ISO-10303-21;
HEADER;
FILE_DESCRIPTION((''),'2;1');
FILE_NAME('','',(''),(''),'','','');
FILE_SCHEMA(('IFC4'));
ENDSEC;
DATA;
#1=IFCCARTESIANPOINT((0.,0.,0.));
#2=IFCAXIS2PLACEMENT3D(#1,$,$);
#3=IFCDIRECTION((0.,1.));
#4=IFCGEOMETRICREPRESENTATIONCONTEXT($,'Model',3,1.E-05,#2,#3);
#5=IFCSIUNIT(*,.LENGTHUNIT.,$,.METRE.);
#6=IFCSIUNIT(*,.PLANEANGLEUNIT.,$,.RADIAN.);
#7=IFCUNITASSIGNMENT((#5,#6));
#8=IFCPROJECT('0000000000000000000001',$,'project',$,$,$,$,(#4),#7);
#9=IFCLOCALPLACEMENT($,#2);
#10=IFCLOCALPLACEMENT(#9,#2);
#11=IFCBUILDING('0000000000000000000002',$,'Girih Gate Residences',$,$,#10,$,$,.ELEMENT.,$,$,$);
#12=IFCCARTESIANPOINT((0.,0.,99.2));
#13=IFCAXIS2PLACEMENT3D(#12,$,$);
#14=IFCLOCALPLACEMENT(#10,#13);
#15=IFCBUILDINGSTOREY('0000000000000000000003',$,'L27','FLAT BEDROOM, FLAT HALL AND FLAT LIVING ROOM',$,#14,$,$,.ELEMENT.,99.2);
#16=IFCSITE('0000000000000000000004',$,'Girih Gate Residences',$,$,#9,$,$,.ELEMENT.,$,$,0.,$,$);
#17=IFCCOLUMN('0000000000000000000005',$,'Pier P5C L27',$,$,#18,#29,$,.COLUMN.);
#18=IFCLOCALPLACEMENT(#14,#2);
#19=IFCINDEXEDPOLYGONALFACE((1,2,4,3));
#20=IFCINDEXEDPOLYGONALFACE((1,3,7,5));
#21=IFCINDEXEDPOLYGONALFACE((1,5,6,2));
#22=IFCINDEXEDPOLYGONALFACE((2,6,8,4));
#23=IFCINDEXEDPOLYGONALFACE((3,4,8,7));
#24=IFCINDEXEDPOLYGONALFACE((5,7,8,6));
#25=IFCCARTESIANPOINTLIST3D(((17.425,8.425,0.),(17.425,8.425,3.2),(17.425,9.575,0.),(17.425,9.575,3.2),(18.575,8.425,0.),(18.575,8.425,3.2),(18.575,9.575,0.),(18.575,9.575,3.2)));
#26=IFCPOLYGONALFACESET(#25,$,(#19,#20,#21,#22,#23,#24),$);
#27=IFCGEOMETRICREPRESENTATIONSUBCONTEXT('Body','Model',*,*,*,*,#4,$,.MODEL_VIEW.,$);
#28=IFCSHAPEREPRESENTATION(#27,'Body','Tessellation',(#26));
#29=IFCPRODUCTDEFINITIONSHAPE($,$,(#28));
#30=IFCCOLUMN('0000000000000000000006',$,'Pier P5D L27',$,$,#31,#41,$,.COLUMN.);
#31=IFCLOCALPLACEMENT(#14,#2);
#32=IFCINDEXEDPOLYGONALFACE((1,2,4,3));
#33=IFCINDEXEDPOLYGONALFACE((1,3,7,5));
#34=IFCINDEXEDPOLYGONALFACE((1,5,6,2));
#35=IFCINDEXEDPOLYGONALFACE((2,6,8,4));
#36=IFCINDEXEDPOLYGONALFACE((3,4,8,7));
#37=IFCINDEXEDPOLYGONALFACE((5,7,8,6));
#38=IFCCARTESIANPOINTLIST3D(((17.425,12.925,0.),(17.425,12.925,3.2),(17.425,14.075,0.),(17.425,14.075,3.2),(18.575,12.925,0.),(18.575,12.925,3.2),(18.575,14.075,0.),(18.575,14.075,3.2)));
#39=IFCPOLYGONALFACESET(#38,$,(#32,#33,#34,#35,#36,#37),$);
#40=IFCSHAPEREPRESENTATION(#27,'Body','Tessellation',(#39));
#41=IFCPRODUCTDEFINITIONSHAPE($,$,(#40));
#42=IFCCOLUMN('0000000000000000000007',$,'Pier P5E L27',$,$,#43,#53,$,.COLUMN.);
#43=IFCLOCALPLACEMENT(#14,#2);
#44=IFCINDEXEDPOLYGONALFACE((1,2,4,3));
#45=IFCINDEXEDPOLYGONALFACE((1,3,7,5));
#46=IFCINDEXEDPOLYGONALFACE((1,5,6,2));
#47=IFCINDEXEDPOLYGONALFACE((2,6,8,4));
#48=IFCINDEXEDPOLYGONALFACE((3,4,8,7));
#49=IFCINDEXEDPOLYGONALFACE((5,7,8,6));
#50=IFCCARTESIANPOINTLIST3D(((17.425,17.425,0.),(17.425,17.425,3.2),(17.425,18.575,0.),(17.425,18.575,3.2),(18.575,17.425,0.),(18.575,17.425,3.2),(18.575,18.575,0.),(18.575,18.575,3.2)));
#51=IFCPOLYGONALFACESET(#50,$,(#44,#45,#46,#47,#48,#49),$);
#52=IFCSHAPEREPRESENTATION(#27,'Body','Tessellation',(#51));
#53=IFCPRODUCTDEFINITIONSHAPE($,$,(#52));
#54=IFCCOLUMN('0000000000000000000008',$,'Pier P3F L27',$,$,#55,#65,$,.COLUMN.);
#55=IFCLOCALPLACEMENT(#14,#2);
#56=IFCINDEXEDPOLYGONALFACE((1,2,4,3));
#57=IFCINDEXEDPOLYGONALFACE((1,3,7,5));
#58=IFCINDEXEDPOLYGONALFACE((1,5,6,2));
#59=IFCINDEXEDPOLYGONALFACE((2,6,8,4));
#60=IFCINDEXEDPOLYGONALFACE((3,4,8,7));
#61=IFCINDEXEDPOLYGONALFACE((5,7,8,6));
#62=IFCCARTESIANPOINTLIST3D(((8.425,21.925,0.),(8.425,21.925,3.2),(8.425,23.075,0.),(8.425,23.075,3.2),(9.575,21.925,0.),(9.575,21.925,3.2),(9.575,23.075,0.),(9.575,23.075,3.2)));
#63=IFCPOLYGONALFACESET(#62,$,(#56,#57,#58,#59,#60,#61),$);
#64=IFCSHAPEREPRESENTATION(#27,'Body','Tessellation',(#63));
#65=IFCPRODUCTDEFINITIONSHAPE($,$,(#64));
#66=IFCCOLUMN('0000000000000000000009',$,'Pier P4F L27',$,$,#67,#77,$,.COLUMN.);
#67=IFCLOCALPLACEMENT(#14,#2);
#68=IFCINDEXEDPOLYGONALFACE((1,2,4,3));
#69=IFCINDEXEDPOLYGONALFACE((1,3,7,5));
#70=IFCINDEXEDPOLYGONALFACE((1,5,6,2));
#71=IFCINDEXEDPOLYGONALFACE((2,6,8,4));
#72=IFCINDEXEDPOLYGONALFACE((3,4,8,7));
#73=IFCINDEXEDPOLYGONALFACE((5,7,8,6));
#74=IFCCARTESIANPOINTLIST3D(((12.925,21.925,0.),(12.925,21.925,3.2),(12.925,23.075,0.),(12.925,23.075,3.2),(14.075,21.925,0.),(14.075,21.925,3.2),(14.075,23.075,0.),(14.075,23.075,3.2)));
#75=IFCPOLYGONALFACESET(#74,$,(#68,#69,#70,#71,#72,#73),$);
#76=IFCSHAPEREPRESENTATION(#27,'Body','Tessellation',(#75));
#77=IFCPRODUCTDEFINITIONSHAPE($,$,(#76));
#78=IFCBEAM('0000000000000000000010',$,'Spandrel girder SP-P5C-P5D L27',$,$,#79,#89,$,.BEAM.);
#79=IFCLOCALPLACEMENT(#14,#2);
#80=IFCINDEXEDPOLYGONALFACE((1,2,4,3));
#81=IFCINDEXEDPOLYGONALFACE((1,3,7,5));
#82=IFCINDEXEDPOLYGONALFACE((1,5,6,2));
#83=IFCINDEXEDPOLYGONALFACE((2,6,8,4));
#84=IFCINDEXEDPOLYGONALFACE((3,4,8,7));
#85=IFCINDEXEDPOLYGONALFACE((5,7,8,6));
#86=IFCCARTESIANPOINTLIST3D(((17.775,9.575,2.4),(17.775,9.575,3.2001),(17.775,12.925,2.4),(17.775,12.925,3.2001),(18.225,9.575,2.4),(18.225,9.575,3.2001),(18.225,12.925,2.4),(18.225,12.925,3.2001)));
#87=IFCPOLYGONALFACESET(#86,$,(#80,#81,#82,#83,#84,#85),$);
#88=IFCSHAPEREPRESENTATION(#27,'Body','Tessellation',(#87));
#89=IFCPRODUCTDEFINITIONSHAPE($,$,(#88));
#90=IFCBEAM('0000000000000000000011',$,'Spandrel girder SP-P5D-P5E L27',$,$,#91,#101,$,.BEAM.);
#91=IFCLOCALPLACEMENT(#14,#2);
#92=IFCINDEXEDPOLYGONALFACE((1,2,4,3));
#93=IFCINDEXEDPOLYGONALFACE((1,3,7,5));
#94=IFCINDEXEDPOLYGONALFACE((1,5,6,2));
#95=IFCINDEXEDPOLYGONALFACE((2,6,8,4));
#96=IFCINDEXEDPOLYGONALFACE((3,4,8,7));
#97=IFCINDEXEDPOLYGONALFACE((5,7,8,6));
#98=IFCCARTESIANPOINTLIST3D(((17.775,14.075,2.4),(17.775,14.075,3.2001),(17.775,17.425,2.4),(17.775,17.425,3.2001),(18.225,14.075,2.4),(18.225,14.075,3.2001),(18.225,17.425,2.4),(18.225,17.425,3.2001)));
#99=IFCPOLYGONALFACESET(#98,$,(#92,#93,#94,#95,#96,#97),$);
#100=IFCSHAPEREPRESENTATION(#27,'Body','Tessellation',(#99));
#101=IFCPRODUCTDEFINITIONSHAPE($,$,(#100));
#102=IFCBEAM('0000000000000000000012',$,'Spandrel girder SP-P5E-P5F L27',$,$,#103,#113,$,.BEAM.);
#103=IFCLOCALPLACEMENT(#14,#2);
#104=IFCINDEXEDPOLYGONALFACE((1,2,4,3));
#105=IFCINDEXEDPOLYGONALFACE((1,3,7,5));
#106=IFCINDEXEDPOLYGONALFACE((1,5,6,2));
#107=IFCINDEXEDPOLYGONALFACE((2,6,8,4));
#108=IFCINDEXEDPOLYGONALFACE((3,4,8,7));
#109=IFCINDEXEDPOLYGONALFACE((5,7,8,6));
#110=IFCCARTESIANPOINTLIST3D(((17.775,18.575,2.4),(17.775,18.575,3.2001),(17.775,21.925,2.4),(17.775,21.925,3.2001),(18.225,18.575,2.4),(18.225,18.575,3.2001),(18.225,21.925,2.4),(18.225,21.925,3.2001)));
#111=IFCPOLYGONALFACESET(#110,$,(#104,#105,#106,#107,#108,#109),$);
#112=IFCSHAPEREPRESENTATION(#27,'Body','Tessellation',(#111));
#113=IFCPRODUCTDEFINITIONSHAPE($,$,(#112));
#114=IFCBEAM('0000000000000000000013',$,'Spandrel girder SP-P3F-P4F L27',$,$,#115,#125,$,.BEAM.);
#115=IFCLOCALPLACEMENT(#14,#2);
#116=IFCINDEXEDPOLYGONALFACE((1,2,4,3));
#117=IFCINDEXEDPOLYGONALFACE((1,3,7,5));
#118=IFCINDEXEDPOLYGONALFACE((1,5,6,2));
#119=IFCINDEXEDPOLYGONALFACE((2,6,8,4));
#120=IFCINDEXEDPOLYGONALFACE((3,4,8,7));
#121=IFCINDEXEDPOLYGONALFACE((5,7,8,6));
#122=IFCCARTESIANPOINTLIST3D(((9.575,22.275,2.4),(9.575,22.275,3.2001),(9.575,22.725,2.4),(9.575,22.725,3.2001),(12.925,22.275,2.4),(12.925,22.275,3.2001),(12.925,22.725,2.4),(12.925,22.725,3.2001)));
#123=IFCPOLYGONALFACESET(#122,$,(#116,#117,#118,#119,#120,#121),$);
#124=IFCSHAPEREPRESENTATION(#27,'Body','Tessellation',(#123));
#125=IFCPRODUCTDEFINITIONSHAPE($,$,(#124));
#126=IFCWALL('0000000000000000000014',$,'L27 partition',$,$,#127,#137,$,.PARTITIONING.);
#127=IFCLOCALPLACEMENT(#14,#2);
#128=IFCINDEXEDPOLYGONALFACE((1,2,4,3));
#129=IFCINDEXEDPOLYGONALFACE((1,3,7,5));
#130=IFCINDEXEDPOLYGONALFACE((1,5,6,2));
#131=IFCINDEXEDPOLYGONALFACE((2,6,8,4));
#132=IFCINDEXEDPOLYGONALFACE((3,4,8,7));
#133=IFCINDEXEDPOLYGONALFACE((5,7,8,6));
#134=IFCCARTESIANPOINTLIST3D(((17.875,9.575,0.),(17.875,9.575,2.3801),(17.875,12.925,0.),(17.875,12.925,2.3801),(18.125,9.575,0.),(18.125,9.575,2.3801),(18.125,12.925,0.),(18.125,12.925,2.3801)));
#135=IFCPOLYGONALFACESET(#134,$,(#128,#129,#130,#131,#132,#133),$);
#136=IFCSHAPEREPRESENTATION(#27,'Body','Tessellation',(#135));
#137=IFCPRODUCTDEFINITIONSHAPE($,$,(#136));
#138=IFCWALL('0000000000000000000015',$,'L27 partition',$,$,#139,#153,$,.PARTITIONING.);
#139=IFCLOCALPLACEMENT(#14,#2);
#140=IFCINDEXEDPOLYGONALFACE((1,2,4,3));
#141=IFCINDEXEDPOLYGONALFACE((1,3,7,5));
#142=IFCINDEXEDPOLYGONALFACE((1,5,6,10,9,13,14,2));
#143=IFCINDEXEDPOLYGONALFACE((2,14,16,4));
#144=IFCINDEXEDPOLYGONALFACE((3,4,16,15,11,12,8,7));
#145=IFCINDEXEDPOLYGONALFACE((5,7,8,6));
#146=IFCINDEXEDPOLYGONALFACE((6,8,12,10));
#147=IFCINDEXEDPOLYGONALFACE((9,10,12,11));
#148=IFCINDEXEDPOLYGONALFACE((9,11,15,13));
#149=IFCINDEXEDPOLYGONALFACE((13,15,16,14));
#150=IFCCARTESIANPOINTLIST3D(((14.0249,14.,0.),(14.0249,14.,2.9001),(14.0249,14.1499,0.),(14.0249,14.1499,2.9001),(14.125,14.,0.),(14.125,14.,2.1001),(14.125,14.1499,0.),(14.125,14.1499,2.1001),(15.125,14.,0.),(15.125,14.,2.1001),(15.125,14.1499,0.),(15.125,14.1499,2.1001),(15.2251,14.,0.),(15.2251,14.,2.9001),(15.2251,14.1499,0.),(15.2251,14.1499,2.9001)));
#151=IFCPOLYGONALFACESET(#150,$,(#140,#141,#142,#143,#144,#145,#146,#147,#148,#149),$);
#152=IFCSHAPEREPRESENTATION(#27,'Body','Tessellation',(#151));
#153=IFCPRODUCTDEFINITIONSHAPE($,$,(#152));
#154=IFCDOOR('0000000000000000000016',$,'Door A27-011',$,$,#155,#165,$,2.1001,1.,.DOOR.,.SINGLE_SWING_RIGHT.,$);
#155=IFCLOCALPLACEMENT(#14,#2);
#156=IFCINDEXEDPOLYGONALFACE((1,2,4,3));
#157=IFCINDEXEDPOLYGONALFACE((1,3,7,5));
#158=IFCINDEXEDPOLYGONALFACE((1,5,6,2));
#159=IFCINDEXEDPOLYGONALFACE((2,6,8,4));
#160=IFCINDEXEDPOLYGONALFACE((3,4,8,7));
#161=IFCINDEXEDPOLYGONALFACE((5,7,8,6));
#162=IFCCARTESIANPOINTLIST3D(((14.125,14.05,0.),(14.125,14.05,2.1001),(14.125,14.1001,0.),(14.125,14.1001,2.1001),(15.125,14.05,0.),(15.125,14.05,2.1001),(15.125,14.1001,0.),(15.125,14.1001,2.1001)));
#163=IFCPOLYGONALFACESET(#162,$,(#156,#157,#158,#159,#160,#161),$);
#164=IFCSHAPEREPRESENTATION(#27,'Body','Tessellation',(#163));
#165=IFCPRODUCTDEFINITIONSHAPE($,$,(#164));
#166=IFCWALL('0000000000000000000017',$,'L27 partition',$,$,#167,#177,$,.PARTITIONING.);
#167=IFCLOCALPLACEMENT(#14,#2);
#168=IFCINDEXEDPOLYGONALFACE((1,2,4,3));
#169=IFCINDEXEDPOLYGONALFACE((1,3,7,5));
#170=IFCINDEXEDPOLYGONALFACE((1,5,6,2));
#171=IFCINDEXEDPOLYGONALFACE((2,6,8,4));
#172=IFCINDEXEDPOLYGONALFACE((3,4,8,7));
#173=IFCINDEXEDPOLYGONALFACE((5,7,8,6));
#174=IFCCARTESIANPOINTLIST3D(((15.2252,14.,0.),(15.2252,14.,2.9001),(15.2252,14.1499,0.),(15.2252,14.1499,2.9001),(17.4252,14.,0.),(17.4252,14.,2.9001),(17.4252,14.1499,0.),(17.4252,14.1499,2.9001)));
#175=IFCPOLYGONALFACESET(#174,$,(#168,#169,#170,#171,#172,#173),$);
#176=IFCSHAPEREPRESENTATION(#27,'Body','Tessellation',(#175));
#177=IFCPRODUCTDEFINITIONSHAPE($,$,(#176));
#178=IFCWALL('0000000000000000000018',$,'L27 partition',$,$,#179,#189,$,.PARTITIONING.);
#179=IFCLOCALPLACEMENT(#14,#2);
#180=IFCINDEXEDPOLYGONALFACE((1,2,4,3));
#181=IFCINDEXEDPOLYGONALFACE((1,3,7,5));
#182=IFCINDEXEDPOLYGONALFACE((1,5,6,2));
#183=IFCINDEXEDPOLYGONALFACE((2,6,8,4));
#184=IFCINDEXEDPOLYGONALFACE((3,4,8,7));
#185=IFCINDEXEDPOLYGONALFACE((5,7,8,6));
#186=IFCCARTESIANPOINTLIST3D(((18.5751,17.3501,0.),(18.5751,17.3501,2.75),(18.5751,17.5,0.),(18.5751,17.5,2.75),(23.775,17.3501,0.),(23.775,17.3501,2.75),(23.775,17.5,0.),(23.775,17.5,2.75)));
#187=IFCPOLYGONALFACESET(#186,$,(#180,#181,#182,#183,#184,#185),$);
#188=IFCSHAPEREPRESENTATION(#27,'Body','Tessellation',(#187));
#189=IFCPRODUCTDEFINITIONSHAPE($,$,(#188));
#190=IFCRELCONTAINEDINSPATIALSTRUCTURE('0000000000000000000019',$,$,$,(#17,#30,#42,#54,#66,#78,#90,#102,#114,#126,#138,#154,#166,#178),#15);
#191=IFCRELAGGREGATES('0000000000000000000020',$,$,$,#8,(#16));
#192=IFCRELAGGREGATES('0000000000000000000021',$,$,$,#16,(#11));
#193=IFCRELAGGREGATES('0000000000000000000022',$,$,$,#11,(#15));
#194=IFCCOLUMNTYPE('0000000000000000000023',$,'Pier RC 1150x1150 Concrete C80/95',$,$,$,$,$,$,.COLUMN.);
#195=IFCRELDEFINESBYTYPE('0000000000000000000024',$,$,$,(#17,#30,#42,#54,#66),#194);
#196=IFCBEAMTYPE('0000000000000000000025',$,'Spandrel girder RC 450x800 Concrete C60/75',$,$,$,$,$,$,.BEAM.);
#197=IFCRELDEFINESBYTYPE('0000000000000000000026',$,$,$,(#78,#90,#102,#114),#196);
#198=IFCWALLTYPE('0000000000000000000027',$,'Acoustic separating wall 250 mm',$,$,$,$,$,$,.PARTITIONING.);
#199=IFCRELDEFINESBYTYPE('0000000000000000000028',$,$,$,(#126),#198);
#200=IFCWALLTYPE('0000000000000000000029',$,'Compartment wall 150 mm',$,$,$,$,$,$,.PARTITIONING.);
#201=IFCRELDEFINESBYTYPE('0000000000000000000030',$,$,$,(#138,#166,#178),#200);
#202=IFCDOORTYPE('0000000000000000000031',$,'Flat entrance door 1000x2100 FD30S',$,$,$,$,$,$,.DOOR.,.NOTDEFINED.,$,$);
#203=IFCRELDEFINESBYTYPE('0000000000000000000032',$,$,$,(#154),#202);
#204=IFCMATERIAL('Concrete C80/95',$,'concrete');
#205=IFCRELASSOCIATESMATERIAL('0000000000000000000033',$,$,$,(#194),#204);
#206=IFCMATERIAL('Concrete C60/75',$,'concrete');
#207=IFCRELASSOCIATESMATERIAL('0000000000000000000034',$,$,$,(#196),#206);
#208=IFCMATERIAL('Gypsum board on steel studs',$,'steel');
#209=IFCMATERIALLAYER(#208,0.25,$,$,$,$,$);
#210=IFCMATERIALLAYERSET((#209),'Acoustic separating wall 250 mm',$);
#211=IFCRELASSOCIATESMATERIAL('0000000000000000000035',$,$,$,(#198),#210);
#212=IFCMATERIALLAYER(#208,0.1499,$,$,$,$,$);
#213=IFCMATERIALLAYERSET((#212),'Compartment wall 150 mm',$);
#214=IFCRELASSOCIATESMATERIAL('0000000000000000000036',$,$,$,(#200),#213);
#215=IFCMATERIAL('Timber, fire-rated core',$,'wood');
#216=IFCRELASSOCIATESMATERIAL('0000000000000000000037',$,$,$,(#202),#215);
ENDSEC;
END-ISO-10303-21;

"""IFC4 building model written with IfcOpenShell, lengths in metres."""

from ifc_helpers import new_model, si_unit, direction, frame, frame_2d, origin, origin_2d, place, context, subcontext, project, spatial, rectangle, extrude, material, layer, layer_set, material_profile, profile_set, type_object, element, fill, save


model = new_model("IFC4")

# Units and contexts
model_context = context("Model", 3, precision=1e-05, world=origin(), true_north=direction((0.0, 1.0)))
body_context = subcontext(model_context, "Body", "Model", "MODEL_VIEW")
ifc_project = project(units=[si_unit("LENGTHUNIT", "METRE"), si_unit("PLANEANGLEUNIT", "RADIAN")], contexts=[model_context])

# Site, building, storey
site_placement = place(None, origin())
site = spatial("IfcSite", under=ifc_project, at=site_placement, Name="Girih Gate Residences", CompositionType="ELEMENT", RefElevation=0.0)
building_placement = place(site_placement, origin())
building = spatial("IfcBuilding", under=site, at=building_placement, Name="Girih Gate Residences", CompositionType="ELEMENT")
storey_placement = place(building_placement, frame((0.0, 0.0, 99.2)))
storey = spatial("IfcBuildingStorey", under=building, at=storey_placement, Name="L27", Description="FLAT BEDROOM, FLAT HALL AND FLAT LIVING ROOM", CompositionType="ELEMENT", Elevation=99.2)

# Columns
ifc_material_1 = material(Name="Concrete C80/95", Category="concrete")
ifc_material_profile_1 = material_profile(ifc_material_1, rectangle(XDim=1.1499, YDim=1.1499, at=origin_2d()))
ifc_profile_set_1 = profile_set([ifc_material_profile_1], Name="Concrete C80/95")
column_type = type_object("IfcColumnType", Name="Pier RC 1150x1150 Concrete C80/95", PredefinedType="COLUMN", material=ifc_profile_set_1)
for number, where, z_axis, x_axis, name in (
    (1, (18.0, 9.0, 0.0), (0.0, 0.0, 1.0), (1.0, 0.0, 0.0), "Pier P5C L27"),
    (2, (18.0, 13.5, 0.0), (0.0, 0.0, 1.0), (1.0, 0.0, 0.0), "Pier P5D L27"),
    (3, (18.0, 18.0, 0.0), (0.0, 0.0, 1.0), (1.0, 0.0, 0.0), "Pier P5E L27"),
    (4, (9.0, 22.5, 0.0), (0.0, 0.0, 1.0), (1.0, 0.0, 0.0), "Pier P3F L27"),
    (5, (13.5, 22.5, 0.0), (0.0, 0.0, 1.0), (1.0, 0.0, 0.0), "Pier P4F L27"),
):
    element("IfcColumn", number, at=place(storey_placement, frame(where, z_axis=z_axis, x_axis=x_axis)), inside=storey, type_object=column_type, Name=name, PredefinedType="COLUMN", context=body_context, shape_type="SweptSolid", body=[
        extrude(rectangle(XDim=1.1499, YDim=1.1499, at=origin_2d()), origin(), (0.0, 0.0, 1.0), 3.2),
    ])

# Beams
ifc_material_2 = material(Name="Concrete C60/75", Category="concrete")
ifc_material_profile_2 = material_profile(ifc_material_2, rectangle(XDim=0.45, YDim=0.8, at=origin_2d()))
ifc_profile_set_2 = profile_set([ifc_material_profile_2], Name="Concrete C60/75")
beam_type = type_object("IfcBeamType", Name="Spandrel girder RC 450x800 Concrete C60/75", PredefinedType="BEAM", material=ifc_profile_set_2)
for number, where, z_axis, x_axis, name in (
    (6, (18.0, 9.575, 2.8), (0.0, 1.0, 0.0), (-1.0, 0.0, 0.0), "Spandrel girder SP-P5C-P5D L27"),
    (7, (18.0, 14.075, 2.8), (0.0, 1.0, 0.0), (-1.0, 0.0, 0.0), "Spandrel girder SP-P5D-P5E L27"),
    (8, (18.0, 18.575, 2.8), (0.0, 1.0, 0.0), (-1.0, 0.0, 0.0), "Spandrel girder SP-P5E-P5F L27"),
    (9, (9.575, 22.5, 2.8), (1.0, 0.0, 0.0), (0.0, 1.0, 0.0), "Spandrel girder SP-P3F-P4F L27"),
):
    element("IfcBeam", number, at=place(storey_placement, frame(where, z_axis=z_axis, x_axis=x_axis)), inside=storey, type_object=beam_type, Name=name, PredefinedType="BEAM", context=body_context, shape_type="SweptSolid", body=[
        extrude(rectangle(XDim=0.45, YDim=0.8, at=origin_2d()), origin(), (0.0, 0.0, 1.0), 3.3501),
    ])

# Wall
ifc_material_3 = material(Name="Gypsum board on steel studs", Category="steel")
ifc_layer_1 = layer(ifc_material_3, 0.25)
ifc_layer_set_1 = layer_set([ifc_layer_1], Name="Acoustic separating wall 250 mm")
wall_type_1 = type_object("IfcWallType", Name="Acoustic separating wall 250 mm", PredefinedType="PARTITIONING", material=ifc_layer_set_1)
wall_1_placement = place(storey_placement, frame((18.0, 9.575, 0.0), z_axis=(0.0, 0.0, 1.0), x_axis=(0.0, 1.0, 0.0)))
element("IfcWall", 10, at=wall_1_placement, inside=storey, type_object=wall_type_1, Name="L27 partition", PredefinedType="PARTITIONING", context=body_context, shape_type="SweptSolid", body=[
    extrude(rectangle(XDim=3.3501, YDim=0.25, at=frame_2d((1.675, 0.0))), origin(), (0.0, 0.0, 1.0), 2.3801),
])

# Wall, opening, door
ifc_layer_2 = layer(ifc_material_3, 0.1499)
ifc_layer_set_2 = layer_set([ifc_layer_2], Name="Compartment wall 150 mm")
wall_type_2 = type_object("IfcWallType", Name="Compartment wall 150 mm", PredefinedType="PARTITIONING", material=ifc_layer_set_2)
wall_2_placement = place(storey_placement, frame((15.2251, 14.075, 0.0), z_axis=(0.0, 0.0, 1.0), x_axis=(-1.0, 0.0, 0.0)))
wall_2 = element("IfcWall", 11, at=wall_2_placement, inside=storey, type_object=wall_type_2, Name="L27 partition", PredefinedType="PARTITIONING", context=body_context, shape_type="SweptSolid", body=[
    extrude(rectangle(XDim=1.2002, YDim=0.1499, at=frame_2d((0.6001, 0.0))), origin(), (0.0, 0.0, 1.0), 2.9001),
])
opening_1_placement = place(wall_2_placement, frame((0.1001, 0.0, 0.0)))
opening_1 = element("IfcOpeningElement", 12, at=opening_1_placement, cuts=wall_2, PredefinedType="OPENING", context=body_context, shape_type="SweptSolid", body=[
    extrude(rectangle(XDim=1.0, YDim=2.1001, at=frame_2d((0.5, 1.05))), frame((0.0, 0.085, 0.0), z_axis=(0.0, -1.0, 0.0), x_axis=(1.0, 0.0, 0.0)), (0.0, 0.0, 1.0), 0.1699),
])
ifc_material_4 = material(Name="Timber, fire-rated core", Category="wood")
door_type_1 = type_object("IfcDoorType", Name="Flat entrance door 1000x2100 FD30S", OperationType="NOTDEFINED", PredefinedType="DOOR", material=ifc_material_4)
door_1_placement = place(opening_1_placement, origin())
door_1 = element("IfcDoor", 13, at=door_1_placement, inside=storey, type_object=door_type_1, Name="Door A27-011", OperationType="SINGLE_SWING_RIGHT", OverallHeight=2.1001, OverallWidth=1.0, PredefinedType="DOOR", context=body_context, shape_type="SweptSolid", body=[
    extrude(rectangle(XDim=1.0, YDim=2.1001, at=frame_2d((0.5, 1.05))), frame((0.0, 0.0249, 0.0), z_axis=(0.0, -1.0, 0.0), x_axis=(1.0, 0.0, 0.0)), (0.0, 0.0, 1.0), 0.05),
])
fill(opening_1, door_1)

# Walls
wall_3_placement = place(storey_placement, frame((15.2251, 14.075, 0.0), z_axis=(0.0, 0.0, 1.0), x_axis=(1.0, 0.0, 0.0)))
element("IfcWall", 14, at=wall_3_placement, inside=storey, type_object=wall_type_2, Name="L27 partition", PredefinedType="PARTITIONING", context=body_context, shape_type="SweptSolid", body=[
    extrude(rectangle(XDim=2.2, YDim=0.1499, at=frame_2d((1.1001, 0.0))), origin(), (0.0, 0.0, 1.0), 2.9001),
])
wall_4_placement = place(storey_placement, frame((18.575, 17.425, 0.0), z_axis=(0.0, 0.0, 1.0), x_axis=(1.0, 0.0, 0.0)))
element("IfcWall", 15, at=wall_4_placement, inside=storey, type_object=wall_type_2, Name="L27 partition", PredefinedType="PARTITIONING", context=body_context, shape_type="SweptSolid", body=[
    extrude(rectangle(XDim=5.2, YDim=0.1499, at=frame_2d((2.6001, 0.0))), origin(), (0.0, 0.0, 1.0), 2.75),
])

save(model, "model.ifc")
